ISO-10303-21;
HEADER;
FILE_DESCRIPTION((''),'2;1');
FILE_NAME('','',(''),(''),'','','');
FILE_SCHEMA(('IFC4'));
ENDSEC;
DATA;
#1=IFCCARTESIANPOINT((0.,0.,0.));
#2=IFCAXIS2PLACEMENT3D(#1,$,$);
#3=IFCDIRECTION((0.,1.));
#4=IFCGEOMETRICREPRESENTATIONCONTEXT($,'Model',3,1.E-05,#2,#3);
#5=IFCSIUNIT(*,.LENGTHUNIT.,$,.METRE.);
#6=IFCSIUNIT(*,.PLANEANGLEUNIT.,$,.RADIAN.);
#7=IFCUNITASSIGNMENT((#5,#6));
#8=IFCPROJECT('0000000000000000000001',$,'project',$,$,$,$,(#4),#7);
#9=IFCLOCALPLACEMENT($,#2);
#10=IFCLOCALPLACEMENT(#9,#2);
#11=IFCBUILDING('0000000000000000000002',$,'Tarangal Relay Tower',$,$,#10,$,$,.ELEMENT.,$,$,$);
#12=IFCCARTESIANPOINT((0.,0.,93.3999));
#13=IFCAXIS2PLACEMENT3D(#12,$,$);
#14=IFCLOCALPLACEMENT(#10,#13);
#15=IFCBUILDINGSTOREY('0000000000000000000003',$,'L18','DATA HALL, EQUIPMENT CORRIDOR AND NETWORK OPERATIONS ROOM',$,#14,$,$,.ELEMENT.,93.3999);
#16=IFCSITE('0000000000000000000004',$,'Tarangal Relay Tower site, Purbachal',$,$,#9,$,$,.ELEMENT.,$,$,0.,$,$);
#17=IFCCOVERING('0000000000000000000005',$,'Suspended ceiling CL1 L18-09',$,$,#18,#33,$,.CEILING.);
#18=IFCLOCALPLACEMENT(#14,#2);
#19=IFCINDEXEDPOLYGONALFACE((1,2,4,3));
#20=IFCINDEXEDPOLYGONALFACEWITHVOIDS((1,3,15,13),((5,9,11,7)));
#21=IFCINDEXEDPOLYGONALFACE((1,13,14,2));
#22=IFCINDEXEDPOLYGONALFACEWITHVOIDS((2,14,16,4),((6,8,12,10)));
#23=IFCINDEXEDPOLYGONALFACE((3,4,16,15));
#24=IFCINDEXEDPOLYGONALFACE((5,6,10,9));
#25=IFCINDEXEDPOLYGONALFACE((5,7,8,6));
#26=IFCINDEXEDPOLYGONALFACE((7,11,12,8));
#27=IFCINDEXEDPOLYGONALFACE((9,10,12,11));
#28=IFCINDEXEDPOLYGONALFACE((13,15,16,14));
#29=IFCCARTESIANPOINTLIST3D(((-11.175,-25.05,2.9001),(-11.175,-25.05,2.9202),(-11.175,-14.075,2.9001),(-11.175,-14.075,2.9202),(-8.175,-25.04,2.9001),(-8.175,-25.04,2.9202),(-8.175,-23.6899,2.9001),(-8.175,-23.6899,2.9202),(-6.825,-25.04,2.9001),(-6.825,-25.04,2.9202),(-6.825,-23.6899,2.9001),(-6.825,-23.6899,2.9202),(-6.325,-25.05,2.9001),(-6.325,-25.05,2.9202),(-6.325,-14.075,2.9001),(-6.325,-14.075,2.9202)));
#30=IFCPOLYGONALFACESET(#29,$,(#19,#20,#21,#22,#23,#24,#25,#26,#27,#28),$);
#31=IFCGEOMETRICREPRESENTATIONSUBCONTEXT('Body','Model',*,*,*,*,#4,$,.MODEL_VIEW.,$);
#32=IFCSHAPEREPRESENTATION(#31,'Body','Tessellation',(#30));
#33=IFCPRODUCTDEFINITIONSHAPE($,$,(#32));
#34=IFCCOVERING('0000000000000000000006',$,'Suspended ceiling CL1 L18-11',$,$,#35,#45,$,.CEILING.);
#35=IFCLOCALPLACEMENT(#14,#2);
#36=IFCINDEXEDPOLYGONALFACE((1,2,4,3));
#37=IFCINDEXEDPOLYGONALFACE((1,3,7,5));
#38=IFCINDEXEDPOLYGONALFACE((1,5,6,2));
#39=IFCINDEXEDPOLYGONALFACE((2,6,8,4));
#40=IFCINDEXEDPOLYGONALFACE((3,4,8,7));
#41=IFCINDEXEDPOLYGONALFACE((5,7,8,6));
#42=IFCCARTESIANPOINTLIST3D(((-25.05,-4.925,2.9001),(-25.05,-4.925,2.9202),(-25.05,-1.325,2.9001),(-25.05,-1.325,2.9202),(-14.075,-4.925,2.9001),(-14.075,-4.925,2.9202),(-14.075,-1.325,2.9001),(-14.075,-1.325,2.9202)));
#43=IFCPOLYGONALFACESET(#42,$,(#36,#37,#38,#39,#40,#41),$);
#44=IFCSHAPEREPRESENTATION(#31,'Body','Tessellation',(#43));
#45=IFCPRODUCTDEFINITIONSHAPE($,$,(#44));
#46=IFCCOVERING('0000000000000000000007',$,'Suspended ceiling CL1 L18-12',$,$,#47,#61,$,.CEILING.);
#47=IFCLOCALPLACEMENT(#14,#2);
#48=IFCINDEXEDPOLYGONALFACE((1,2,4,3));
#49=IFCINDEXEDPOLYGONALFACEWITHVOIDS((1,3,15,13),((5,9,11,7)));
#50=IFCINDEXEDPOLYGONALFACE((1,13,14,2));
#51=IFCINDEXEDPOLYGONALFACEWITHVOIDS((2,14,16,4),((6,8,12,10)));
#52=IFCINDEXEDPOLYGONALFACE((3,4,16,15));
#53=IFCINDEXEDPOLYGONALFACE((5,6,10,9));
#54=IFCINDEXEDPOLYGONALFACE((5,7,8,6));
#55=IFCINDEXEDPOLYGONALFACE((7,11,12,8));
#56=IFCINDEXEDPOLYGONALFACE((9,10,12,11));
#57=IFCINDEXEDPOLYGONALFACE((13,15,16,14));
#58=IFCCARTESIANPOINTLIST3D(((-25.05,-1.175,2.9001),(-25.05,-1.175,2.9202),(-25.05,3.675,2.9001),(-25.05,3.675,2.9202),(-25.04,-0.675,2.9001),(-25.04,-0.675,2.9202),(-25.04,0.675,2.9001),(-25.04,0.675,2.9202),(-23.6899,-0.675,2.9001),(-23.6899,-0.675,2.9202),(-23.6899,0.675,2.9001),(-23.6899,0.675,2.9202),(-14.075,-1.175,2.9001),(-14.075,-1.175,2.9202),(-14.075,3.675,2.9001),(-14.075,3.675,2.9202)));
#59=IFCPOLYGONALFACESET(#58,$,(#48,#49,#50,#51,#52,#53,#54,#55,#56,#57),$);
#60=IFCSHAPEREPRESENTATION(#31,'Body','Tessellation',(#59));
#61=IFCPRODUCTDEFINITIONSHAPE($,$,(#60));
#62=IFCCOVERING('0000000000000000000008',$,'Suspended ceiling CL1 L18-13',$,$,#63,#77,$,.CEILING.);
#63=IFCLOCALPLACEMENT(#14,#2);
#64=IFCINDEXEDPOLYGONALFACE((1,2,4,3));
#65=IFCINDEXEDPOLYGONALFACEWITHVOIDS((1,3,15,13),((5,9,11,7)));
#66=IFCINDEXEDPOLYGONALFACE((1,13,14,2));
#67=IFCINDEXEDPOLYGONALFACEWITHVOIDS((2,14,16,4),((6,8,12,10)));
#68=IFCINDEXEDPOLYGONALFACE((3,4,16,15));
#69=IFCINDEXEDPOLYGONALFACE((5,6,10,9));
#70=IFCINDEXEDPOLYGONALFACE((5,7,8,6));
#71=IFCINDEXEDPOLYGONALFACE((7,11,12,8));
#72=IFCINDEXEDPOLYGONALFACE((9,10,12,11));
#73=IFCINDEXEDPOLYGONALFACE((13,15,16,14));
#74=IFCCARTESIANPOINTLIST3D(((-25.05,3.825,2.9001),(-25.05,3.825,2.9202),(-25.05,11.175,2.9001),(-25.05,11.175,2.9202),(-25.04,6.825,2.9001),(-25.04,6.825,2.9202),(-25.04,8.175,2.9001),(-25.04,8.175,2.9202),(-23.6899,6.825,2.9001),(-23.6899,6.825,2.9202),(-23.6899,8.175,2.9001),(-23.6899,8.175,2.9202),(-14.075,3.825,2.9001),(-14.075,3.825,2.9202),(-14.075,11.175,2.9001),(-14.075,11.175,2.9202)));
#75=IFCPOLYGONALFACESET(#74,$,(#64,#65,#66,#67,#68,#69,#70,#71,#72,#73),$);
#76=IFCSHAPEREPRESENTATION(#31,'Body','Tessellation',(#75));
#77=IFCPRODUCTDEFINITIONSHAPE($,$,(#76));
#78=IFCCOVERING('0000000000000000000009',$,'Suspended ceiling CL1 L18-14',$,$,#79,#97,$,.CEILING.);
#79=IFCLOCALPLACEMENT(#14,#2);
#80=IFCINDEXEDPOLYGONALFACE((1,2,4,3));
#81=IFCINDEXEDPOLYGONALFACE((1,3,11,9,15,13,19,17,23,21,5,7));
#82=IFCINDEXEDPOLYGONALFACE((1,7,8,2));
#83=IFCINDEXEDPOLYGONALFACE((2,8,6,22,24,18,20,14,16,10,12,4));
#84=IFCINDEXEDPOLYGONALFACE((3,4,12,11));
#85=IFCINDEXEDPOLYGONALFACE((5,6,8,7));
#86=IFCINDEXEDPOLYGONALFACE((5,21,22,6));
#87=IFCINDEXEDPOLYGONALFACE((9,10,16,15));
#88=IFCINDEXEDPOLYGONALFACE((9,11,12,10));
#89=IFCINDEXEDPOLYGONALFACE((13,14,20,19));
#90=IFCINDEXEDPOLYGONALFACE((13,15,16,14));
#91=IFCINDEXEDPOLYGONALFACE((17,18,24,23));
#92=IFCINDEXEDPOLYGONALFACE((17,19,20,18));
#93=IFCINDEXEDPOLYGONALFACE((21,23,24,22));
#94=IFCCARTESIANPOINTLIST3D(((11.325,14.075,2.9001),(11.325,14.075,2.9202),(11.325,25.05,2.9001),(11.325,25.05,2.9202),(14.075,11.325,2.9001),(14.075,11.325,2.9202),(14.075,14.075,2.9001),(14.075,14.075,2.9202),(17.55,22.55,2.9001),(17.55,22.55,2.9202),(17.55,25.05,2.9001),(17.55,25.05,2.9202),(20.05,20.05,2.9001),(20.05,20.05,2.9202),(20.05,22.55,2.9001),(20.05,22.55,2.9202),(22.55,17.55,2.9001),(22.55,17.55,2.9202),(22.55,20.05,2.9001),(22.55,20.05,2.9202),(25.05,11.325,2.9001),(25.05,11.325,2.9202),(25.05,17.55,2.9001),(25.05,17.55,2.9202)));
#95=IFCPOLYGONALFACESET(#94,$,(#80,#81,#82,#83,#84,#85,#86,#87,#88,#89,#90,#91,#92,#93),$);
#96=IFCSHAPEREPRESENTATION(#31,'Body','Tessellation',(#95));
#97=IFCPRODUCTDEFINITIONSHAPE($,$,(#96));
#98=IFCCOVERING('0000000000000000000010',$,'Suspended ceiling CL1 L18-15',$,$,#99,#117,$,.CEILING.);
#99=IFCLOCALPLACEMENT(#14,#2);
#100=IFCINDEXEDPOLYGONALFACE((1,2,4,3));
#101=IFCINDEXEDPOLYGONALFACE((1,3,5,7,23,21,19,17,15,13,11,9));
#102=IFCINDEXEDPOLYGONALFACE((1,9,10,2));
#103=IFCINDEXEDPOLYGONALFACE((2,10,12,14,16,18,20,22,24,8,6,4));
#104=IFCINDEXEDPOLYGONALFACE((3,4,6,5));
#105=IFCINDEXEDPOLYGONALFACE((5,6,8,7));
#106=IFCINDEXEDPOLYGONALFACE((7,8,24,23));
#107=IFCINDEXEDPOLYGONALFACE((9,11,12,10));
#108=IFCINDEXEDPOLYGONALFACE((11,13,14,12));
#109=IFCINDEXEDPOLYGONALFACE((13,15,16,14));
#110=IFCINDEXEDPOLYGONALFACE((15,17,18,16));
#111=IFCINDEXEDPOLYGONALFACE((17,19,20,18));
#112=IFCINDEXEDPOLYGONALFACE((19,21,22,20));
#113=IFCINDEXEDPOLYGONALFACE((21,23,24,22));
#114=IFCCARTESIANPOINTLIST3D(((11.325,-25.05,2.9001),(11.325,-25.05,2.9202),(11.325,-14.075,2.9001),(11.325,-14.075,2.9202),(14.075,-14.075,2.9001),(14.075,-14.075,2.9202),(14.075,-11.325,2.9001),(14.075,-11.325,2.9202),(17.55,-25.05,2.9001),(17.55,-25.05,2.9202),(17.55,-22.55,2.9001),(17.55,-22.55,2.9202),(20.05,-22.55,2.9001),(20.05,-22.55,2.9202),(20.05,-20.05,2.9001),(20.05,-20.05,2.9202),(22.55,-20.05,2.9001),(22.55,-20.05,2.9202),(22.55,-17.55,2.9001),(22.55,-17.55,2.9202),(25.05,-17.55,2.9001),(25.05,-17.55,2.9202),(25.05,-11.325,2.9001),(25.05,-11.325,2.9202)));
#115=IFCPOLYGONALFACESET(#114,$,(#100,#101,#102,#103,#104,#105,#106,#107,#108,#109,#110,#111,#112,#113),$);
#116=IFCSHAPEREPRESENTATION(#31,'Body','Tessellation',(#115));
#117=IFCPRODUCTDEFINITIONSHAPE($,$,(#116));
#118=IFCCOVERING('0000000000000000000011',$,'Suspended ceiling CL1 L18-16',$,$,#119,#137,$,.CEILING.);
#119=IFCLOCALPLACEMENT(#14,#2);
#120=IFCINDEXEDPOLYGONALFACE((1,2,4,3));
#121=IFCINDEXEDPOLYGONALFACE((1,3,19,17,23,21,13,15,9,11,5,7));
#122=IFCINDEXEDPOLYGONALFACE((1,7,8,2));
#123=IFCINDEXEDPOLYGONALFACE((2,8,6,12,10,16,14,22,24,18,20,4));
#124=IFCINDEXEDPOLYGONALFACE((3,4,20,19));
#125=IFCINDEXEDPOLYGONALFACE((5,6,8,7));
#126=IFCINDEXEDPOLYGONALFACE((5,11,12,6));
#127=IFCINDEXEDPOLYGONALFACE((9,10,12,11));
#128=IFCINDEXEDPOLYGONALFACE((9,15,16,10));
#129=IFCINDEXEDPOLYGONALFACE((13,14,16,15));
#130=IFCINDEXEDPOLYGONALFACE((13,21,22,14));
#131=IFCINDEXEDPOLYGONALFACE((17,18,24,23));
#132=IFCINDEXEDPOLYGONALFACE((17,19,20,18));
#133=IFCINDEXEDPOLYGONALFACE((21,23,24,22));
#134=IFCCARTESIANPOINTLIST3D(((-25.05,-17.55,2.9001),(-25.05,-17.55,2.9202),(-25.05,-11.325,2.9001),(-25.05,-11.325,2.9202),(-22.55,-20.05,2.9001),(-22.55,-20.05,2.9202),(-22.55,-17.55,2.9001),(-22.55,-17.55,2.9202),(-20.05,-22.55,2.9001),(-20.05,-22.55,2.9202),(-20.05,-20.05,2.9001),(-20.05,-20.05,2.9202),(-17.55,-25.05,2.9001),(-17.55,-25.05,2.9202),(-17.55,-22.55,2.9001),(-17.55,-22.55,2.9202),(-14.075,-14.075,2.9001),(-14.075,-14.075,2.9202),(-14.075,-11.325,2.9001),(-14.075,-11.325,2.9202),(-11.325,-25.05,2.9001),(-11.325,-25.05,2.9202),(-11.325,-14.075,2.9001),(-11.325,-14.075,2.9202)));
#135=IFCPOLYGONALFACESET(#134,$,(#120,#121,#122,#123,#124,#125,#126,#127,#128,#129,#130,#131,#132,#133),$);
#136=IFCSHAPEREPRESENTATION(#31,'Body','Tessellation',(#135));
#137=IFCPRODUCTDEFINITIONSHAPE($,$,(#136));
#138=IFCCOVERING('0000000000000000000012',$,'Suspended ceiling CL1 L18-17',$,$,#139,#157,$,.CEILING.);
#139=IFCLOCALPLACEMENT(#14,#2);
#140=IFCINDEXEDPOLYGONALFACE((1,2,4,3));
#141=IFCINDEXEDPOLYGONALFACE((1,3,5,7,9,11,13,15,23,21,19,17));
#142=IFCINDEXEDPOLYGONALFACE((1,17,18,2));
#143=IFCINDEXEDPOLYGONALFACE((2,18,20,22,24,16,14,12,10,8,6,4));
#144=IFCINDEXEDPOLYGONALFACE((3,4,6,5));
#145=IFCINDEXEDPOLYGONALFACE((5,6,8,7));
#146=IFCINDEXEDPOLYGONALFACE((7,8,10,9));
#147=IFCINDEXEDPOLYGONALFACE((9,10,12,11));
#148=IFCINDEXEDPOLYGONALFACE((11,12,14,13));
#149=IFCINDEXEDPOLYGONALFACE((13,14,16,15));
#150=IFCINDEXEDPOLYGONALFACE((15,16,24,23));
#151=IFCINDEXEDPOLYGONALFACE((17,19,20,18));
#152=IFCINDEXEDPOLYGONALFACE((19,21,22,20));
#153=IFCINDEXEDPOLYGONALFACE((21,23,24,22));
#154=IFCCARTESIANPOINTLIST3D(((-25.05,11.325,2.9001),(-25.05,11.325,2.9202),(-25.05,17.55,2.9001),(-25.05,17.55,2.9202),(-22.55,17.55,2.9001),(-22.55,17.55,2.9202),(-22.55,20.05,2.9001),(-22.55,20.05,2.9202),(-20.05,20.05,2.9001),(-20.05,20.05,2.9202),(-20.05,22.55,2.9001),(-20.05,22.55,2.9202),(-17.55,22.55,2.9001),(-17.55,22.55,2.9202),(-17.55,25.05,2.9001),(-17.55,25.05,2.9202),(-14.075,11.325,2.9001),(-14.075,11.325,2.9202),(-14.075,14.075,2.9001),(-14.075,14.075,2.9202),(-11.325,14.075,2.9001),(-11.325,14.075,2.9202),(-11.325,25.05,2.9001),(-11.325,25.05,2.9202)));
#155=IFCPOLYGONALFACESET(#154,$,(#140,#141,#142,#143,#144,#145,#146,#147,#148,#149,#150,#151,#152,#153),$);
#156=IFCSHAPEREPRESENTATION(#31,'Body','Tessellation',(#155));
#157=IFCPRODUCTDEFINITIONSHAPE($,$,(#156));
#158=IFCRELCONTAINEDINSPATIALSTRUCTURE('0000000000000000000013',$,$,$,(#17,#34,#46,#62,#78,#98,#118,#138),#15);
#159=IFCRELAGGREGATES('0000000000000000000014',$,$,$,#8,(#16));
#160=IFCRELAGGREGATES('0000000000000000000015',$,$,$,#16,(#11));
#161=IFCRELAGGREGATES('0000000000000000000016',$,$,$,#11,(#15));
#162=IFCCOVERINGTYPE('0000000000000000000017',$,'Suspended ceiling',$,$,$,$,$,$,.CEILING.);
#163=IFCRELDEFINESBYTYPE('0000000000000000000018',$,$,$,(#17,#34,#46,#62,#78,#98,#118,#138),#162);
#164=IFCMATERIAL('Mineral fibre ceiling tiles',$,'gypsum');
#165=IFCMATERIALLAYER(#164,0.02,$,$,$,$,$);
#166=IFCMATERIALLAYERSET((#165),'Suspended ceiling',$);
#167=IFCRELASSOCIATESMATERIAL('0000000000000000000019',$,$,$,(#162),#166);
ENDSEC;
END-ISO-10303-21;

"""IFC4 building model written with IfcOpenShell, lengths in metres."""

from ifc_helpers import new_model, si_unit, direction, frame, origin, place, context, subcontext, project, spatial, polyline, outline, extrude, material, layer, layer_set, type_object, element, save


model = new_model("IFC4")

# Units and contexts
model_context = context("Model", 3, precision=1e-05, world=origin(), true_north=direction((0.0, 1.0)))
body_context = subcontext(model_context, "Body", "Model", "MODEL_VIEW")
ifc_project = project(units=[si_unit("LENGTHUNIT", "METRE"), si_unit("PLANEANGLEUNIT", "RADIAN")], contexts=[model_context])

# Site, building, storey
site_placement = place(None, origin())
site = spatial("IfcSite", under=ifc_project, at=site_placement, Name="Tarangal Relay Tower site, Purbachal", CompositionType="ELEMENT", RefElevation=0.0)
building_placement = place(site_placement, origin())
building = spatial("IfcBuilding", under=site, at=building_placement, Name="Tarangal Relay Tower", CompositionType="ELEMENT")
storey_placement = place(building_placement, frame((0.0, 0.0, 93.3999)))
storey = spatial("IfcBuildingStorey", under=building, at=storey_placement, Name="L18", Description="DATA HALL, EQUIPMENT CORRIDOR AND NETWORK OPERATIONS ROOM", CompositionType="ELEMENT", Elevation=93.3999)

# Coverings
ifc_material_1 = material(Name="Mineral fibre ceiling tiles", Category="gypsum")
ifc_layer_1 = layer(ifc_material_1, 0.02)
ifc_layer_set_1 = layer_set([ifc_layer_1], Name="Suspended ceiling")
covering_type_1 = type_object("IfcCoveringType", Name="Suspended ceiling", PredefinedType="CEILING", material=ifc_layer_set_1)
covering_1_placement = place(storey_placement, frame((0.0, 0.0, 2.9001)))
element("IfcCovering", 1, at=covering_1_placement, inside=storey, type_object=covering_type_1, Name="Suspended ceiling CL1 L18-09", PredefinedType="CEILING", context=body_context, shape_type="SweptSolid", body=[
    extrude(outline(polyline([(-11.175, -25.05), (-6.325, -25.05), (-6.325, -14.075), (-11.175, -14.075), (-11.175, -25.05)]), holes=[polyline([(-6.825, -23.6899), (-8.175, -23.6899), (-8.175, -25.04), (-6.825, -25.04), (-6.825, -23.6899)])]), origin(), (0.0, 0.0, 1.0), 0.02),
])
covering_2_placement = place(storey_placement, frame((0.0, 0.0, 2.9001)))
element("IfcCovering", 2, at=covering_2_placement, inside=storey, type_object=covering_type_1, Name="Suspended ceiling CL1 L18-11", PredefinedType="CEILING", context=body_context, shape_type="SweptSolid", body=[
    extrude(outline(polyline([(-25.05, -4.925), (-14.075, -4.925), (-14.075, -1.325), (-25.05, -1.325), (-25.05, -4.925)])), origin(), (0.0, 0.0, 1.0), 0.02),
])
covering_3_placement = place(storey_placement, frame((0.0, 0.0, 2.9001)))
element("IfcCovering", 3, at=covering_3_placement, inside=storey, type_object=covering_type_1, Name="Suspended ceiling CL1 L18-12", PredefinedType="CEILING", context=body_context, shape_type="SweptSolid", body=[
    extrude(outline(polyline([(-25.05, 3.675), (-25.05, -1.175), (-14.075, -1.175), (-14.075, 3.675), (-25.05, 3.675)]), holes=[polyline([(-23.6899, 0.675), (-25.04, 0.675), (-25.04, -0.675), (-23.6899, -0.675), (-23.6899, 0.675)])]), origin(), (0.0, 0.0, 1.0), 0.02),
])
covering_4_placement = place(storey_placement, frame((0.0, 0.0, 2.9001)))
element("IfcCovering", 4, at=covering_4_placement, inside=storey, type_object=covering_type_1, Name="Suspended ceiling CL1 L18-13", PredefinedType="CEILING", context=body_context, shape_type="SweptSolid", body=[
    extrude(outline(polyline([(-25.05, 11.175), (-25.05, 3.825), (-14.075, 3.825), (-14.075, 11.175), (-25.05, 11.175)]), holes=[polyline([(-23.6899, 8.175), (-25.04, 8.175), (-25.04, 6.825), (-23.6899, 6.825), (-23.6899, 8.175)])]), origin(), (0.0, 0.0, 1.0), 0.02),
])
covering_5_placement = place(storey_placement, frame((0.0, 0.0, 2.9001)))
element("IfcCovering", 5, at=covering_5_placement, inside=storey, type_object=covering_type_1, Name="Suspended ceiling CL1 L18-14", PredefinedType="CEILING", context=body_context, shape_type="SweptSolid", body=[
    extrude(outline(polyline([(17.55, 25.05), (11.325, 25.05), (11.325, 14.075), (14.075, 14.075), (14.075, 11.325), (25.05, 11.325), (25.05, 17.55), (22.55, 17.55), (22.55, 20.05), (20.05, 20.05), (20.05, 22.55), (17.55, 22.55), (17.55, 25.05)])), origin(), (0.0, 0.0, 1.0), 0.02),
])
covering_6_placement = place(storey_placement, frame((0.0, 0.0, 2.9001)))
element("IfcCovering", 6, at=covering_6_placement, inside=storey, type_object=covering_type_1, Name="Suspended ceiling CL1 L18-15", PredefinedType="CEILING", context=body_context, shape_type="SweptSolid", body=[
    extrude(outline(polyline([(25.05, -17.55), (25.05, -11.325), (14.075, -11.325), (14.075, -14.075), (11.325, -14.075), (11.325, -25.05), (17.55, -25.05), (17.55, -22.55), (20.05, -22.55), (20.05, -20.05), (22.55, -20.05), (22.55, -17.55), (25.05, -17.55)])), origin(), (0.0, 0.0, 1.0), 0.02),
])
covering_7_placement = place(storey_placement, frame((0.0, 0.0, 2.9001)))
element("IfcCovering", 7, at=covering_7_placement, inside=storey, type_object=covering_type_1, Name="Suspended ceiling CL1 L18-16", PredefinedType="CEILING", context=body_context, shape_type="SweptSolid", body=[
    extrude(outline(polyline([(-17.55, -22.55), (-17.55, -25.05), (-11.325, -25.05), (-11.325, -14.075), (-14.075, -14.075), (-14.075, -11.325), (-25.05, -11.325), (-25.05, -17.55), (-22.55, -17.55), (-22.55, -20.05), (-20.05, -20.05), (-20.05, -22.55), (-17.55, -22.55)])), origin(), (0.0, 0.0, 1.0), 0.02),
])
covering_8_placement = place(storey_placement, frame((0.0, 0.0, 2.9001)))
element("IfcCovering", 8, at=covering_8_placement, inside=storey, type_object=covering_type_1, Name="Suspended ceiling CL1 L18-17", PredefinedType="CEILING", context=body_context, shape_type="SweptSolid", body=[
    extrude(outline(polyline([(-22.55, 17.55), (-25.05, 17.55), (-25.05, 11.325), (-14.075, 11.325), (-14.075, 14.075), (-11.325, 14.075), (-11.325, 25.05), (-17.55, 25.05), (-17.55, 22.55), (-20.05, 22.55), (-20.05, 20.05), (-22.55, 20.05), (-22.55, 17.55)])), origin(), (0.0, 0.0, 1.0), 0.02),
])

save(model, "model.ifc")
